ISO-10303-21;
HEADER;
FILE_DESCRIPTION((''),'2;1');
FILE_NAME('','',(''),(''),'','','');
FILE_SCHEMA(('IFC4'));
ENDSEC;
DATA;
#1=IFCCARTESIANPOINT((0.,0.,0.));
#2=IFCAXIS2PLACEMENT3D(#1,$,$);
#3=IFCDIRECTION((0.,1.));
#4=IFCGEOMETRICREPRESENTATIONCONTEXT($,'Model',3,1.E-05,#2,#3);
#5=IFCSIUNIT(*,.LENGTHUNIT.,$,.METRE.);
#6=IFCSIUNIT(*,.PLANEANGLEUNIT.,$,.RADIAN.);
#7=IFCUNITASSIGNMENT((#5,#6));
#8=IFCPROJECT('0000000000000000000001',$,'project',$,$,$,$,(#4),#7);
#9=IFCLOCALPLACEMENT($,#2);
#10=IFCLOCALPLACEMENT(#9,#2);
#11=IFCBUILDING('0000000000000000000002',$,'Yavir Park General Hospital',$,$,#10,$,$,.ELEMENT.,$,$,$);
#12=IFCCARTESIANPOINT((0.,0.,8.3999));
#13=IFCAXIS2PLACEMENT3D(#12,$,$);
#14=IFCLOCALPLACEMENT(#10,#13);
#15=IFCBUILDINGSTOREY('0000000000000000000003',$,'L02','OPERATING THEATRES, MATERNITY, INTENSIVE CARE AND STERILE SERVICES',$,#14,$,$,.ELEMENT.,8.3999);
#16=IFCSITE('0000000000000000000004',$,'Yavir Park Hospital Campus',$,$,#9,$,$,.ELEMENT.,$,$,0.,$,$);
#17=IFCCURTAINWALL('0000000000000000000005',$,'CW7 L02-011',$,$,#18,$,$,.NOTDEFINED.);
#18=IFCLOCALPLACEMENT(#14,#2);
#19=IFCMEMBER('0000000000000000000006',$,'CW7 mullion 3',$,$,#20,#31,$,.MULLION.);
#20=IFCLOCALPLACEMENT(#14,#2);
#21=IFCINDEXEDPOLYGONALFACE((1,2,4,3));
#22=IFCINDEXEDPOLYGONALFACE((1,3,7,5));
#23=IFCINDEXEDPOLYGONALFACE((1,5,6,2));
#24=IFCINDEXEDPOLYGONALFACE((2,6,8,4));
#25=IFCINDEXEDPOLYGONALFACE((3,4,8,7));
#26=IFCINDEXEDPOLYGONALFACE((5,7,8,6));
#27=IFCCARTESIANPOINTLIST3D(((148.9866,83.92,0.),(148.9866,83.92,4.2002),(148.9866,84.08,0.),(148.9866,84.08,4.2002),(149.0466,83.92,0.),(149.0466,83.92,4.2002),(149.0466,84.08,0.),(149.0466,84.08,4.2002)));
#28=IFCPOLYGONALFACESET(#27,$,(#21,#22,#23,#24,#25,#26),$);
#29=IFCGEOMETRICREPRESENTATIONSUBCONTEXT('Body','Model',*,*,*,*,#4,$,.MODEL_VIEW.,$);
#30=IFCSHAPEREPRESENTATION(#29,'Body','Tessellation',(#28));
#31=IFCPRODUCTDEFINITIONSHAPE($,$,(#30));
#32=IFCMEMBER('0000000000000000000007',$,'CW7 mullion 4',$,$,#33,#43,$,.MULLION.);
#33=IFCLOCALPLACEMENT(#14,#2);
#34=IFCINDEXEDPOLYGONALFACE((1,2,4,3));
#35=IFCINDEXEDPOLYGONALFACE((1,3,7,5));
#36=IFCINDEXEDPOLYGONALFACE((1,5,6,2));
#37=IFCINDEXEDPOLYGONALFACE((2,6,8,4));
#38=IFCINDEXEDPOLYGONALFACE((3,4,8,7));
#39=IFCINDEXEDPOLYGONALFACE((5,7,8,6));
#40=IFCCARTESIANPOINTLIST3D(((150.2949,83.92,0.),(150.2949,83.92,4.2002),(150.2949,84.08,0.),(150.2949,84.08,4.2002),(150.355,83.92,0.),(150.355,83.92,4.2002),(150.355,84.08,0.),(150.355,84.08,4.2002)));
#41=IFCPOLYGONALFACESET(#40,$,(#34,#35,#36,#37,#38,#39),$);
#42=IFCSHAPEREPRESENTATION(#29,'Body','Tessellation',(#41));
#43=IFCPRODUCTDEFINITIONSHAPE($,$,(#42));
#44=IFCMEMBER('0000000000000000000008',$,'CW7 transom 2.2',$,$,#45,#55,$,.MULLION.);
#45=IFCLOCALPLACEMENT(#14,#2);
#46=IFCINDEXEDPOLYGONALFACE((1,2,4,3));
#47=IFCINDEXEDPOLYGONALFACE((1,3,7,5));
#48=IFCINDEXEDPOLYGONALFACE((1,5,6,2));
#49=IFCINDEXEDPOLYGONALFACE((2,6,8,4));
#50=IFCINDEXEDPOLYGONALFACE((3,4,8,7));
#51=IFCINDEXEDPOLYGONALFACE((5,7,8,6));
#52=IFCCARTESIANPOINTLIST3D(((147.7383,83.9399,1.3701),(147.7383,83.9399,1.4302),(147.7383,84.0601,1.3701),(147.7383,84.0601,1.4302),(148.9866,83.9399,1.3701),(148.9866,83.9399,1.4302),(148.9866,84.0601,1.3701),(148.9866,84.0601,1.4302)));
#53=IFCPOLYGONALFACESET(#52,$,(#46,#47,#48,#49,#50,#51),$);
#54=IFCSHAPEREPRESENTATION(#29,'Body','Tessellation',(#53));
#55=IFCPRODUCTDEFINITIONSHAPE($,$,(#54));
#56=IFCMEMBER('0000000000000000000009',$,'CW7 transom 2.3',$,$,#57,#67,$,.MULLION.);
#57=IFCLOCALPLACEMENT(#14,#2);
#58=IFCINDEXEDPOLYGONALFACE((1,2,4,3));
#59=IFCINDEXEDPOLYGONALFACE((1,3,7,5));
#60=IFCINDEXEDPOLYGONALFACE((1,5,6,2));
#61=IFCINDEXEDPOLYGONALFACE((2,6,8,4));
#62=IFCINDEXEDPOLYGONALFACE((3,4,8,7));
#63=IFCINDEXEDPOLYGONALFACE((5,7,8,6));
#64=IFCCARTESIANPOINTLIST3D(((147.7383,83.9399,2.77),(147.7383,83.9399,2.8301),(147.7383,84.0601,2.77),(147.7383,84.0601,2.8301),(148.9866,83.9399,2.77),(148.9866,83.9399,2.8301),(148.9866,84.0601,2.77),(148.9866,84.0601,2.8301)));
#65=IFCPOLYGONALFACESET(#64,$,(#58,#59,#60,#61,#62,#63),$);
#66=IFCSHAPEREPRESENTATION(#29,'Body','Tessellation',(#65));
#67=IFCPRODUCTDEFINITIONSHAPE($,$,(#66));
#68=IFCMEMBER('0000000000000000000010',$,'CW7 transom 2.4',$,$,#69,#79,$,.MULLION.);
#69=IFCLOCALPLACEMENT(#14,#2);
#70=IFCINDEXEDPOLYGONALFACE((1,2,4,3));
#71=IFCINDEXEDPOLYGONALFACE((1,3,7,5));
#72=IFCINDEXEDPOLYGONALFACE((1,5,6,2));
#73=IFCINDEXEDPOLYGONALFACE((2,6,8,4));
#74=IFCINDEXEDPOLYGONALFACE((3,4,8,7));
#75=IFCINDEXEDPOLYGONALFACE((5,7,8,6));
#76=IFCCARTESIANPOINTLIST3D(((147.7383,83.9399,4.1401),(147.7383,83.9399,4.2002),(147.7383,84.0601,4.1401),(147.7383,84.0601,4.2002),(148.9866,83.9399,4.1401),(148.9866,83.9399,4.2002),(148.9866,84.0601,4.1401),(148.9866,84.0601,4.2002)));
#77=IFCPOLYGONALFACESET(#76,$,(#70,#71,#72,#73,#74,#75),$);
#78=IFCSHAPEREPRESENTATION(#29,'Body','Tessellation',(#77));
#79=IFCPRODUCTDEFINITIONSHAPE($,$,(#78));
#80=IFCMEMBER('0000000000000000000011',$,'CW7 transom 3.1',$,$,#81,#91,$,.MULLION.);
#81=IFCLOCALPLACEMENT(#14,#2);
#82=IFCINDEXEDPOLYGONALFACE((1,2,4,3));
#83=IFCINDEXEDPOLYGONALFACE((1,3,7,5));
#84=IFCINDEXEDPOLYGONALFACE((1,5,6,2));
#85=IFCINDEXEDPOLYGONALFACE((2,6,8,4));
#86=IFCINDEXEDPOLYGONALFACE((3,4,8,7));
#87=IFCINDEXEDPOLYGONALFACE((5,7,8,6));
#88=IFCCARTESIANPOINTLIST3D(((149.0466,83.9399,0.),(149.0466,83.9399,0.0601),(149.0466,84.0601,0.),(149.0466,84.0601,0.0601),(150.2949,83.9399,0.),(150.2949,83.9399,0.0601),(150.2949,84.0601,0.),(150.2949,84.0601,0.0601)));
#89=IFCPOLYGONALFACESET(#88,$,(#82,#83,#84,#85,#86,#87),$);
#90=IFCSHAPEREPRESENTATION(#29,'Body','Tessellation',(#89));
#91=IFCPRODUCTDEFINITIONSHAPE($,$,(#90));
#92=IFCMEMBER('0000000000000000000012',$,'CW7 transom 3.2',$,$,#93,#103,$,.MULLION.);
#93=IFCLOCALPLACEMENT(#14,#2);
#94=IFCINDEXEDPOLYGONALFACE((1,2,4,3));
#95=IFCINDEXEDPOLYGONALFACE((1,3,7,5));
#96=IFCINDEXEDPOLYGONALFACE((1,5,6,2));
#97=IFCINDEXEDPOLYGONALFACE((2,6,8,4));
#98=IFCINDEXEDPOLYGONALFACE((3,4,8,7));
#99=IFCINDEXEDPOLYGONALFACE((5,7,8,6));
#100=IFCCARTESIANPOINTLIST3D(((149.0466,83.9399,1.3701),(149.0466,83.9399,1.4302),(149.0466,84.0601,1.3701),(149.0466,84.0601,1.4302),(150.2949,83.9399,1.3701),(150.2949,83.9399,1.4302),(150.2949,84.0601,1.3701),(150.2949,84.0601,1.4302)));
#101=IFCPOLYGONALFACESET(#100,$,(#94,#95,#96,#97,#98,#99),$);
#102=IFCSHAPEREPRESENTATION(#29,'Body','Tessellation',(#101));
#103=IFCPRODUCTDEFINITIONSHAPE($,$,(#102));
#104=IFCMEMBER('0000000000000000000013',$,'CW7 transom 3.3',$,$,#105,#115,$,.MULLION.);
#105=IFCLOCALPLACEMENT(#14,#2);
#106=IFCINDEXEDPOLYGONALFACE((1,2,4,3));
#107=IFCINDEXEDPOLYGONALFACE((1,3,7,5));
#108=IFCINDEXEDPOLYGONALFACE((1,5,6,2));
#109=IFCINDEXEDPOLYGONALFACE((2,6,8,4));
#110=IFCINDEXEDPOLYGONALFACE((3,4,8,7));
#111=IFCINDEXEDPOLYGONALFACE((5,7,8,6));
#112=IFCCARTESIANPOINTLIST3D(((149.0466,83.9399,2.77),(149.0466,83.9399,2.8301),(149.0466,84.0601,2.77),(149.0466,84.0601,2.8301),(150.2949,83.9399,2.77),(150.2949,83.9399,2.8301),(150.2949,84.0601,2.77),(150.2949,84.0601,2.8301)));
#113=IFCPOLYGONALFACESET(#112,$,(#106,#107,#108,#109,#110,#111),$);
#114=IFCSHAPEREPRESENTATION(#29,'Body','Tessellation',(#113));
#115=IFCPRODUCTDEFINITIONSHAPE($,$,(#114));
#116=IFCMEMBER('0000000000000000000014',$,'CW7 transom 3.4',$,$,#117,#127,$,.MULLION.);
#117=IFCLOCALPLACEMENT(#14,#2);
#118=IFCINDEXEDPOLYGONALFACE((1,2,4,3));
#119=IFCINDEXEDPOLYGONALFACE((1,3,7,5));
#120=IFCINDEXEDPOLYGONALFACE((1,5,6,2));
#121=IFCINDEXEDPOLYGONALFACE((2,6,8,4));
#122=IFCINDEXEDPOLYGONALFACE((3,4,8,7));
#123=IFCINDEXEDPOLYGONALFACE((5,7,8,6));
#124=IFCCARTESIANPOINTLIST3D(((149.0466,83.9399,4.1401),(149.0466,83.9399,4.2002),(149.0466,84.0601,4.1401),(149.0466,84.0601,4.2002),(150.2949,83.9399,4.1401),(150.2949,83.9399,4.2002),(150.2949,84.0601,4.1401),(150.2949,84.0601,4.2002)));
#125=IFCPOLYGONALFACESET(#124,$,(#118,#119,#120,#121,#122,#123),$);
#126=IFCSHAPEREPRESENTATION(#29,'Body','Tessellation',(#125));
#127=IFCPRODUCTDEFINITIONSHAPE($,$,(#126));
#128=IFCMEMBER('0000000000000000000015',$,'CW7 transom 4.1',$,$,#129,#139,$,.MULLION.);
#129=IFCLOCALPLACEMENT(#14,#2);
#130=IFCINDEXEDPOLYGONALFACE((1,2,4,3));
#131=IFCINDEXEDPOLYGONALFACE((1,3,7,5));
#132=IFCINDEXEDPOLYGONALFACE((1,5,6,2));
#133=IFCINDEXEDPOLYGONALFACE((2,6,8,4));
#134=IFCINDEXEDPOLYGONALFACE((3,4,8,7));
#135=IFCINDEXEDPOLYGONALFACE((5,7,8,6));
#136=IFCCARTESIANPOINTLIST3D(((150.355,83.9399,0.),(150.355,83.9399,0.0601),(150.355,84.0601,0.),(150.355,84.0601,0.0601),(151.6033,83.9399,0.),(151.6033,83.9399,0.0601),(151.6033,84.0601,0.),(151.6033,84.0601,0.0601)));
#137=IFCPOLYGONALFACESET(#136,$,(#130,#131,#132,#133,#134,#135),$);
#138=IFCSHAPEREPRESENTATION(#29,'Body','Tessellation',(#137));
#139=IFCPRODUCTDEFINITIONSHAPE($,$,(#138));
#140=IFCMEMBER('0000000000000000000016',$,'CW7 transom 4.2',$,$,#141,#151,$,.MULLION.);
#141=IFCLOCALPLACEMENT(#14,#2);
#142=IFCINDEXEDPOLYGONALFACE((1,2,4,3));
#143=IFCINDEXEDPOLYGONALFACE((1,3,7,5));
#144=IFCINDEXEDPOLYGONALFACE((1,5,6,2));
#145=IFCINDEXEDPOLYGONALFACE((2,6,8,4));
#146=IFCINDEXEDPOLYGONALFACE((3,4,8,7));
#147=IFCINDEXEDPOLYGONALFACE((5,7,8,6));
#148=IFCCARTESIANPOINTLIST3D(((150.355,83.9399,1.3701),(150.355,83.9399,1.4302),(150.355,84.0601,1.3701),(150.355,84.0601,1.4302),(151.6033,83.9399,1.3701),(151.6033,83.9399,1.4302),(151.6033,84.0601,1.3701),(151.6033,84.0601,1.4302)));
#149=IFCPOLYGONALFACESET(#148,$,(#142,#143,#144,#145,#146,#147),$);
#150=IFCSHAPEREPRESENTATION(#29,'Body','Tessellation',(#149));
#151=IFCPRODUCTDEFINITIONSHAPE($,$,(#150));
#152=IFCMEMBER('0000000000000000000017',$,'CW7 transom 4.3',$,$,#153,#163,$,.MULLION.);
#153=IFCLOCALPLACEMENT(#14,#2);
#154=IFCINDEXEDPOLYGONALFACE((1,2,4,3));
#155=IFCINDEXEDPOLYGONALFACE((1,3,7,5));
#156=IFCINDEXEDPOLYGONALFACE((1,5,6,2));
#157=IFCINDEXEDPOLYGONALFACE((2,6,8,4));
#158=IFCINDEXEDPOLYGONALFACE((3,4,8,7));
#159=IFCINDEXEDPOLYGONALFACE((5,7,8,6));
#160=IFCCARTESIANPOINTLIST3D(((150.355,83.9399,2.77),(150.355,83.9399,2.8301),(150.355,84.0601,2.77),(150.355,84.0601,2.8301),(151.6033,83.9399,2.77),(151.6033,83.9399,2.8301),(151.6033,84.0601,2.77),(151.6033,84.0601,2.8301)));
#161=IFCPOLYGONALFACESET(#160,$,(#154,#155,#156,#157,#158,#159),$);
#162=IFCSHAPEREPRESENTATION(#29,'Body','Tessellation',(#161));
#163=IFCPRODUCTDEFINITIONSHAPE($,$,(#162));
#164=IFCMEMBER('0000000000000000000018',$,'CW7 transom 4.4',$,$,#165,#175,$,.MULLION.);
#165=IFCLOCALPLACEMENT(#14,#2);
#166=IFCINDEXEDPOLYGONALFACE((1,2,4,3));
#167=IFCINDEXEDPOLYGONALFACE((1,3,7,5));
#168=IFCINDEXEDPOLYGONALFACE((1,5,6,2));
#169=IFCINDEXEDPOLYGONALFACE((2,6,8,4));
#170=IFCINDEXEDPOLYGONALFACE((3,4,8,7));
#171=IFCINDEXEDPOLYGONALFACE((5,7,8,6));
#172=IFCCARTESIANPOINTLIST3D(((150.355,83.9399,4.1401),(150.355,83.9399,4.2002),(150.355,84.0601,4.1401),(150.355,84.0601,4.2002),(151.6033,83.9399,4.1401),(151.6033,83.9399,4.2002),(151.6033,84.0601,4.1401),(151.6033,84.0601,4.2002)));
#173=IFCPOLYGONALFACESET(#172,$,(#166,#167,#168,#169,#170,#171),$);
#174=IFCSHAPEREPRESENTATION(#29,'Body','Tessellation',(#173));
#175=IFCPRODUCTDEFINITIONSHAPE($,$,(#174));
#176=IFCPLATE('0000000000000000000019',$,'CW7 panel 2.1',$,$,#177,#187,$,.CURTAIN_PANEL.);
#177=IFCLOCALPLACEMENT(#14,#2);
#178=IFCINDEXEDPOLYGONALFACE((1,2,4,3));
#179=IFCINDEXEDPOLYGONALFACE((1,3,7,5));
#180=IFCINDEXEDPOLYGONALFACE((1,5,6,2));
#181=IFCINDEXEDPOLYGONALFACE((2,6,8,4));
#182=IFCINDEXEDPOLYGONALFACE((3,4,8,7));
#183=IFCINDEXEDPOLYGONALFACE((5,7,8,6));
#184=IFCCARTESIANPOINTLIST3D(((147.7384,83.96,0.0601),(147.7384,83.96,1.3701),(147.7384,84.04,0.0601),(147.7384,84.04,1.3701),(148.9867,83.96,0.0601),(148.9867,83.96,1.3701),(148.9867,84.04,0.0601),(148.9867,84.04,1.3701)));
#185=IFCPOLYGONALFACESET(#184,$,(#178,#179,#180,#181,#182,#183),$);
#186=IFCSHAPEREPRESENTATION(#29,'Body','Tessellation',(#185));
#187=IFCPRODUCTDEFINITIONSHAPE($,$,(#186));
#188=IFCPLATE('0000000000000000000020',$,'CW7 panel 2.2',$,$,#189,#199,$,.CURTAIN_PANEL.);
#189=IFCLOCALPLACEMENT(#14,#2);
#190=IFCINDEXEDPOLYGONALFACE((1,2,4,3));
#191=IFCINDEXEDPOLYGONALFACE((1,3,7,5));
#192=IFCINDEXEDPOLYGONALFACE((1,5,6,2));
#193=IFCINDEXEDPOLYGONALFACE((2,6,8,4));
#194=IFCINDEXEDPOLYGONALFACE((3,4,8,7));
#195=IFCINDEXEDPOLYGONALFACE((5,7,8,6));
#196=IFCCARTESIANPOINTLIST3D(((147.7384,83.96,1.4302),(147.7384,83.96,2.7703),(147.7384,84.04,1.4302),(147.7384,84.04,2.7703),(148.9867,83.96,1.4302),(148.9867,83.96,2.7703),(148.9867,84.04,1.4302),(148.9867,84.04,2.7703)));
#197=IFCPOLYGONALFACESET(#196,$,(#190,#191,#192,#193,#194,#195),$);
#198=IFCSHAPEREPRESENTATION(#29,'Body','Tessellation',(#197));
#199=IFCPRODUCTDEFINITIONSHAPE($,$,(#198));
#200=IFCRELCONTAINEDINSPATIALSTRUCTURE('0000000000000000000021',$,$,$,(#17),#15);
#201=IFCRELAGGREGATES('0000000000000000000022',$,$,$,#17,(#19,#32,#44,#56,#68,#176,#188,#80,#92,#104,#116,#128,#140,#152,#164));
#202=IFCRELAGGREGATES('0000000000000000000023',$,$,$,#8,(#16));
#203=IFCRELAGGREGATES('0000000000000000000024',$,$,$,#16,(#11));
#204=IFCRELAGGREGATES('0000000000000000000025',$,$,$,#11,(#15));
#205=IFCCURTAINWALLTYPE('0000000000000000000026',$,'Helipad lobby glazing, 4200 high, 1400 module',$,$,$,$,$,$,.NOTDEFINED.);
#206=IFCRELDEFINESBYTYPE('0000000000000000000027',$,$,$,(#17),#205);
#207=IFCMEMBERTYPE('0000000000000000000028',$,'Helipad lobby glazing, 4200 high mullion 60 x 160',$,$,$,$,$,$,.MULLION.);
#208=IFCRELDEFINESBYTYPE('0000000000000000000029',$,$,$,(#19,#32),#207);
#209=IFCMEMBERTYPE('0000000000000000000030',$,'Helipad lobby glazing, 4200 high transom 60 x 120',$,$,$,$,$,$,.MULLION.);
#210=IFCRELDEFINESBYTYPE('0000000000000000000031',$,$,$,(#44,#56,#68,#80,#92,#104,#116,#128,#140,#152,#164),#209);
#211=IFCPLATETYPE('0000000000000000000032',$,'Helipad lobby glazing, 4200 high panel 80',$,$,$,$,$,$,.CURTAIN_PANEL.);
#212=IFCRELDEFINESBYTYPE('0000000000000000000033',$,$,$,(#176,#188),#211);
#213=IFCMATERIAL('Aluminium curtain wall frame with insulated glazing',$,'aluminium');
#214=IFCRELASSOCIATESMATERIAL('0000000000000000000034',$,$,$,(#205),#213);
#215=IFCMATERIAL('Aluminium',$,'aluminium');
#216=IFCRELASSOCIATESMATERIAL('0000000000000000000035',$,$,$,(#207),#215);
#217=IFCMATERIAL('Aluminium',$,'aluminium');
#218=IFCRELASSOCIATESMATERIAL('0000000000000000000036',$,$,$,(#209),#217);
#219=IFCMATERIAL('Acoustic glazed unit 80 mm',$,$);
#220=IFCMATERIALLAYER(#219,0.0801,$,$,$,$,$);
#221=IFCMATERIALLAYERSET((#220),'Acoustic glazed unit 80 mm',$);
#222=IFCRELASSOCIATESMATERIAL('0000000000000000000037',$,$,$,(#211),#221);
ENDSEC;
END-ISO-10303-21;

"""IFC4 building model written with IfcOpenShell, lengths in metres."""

from ifc_helpers import new_model, si_unit, direction, frame, origin, origin_2d, place, context, subcontext, project, spatial, rectangle, extrude, material, layer, layer_set, material_profile, profile_set, type_object, element, aggregate, save


model = new_model("IFC4")

# Units and contexts
model_context = context("Model", 3, precision=1e-05, world=origin(), true_north=direction((0.0, 1.0)))
body_context = subcontext(model_context, "Body", "Model", "MODEL_VIEW")
ifc_project = project(units=[si_unit("LENGTHUNIT", "METRE"), si_unit("PLANEANGLEUNIT", "RADIAN")], contexts=[model_context])

# Site, building, storey
site_placement = place(None, origin())
site = spatial("IfcSite", under=ifc_project, at=site_placement, Name="Yavir Park Hospital Campus", CompositionType="ELEMENT", RefElevation=0.0)
building_placement = place(site_placement, origin())
building = spatial("IfcBuilding", under=site, at=building_placement, Name="Yavir Park General Hospital", CompositionType="ELEMENT")
storey_placement = place(building_placement, frame((0.0, 0.0, 8.3999)))
storey = spatial("IfcBuildingStorey", under=building, at=storey_placement, Name="L02", Description="OPERATING THEATRES, MATERNITY, INTENSIVE CARE AND STERILE SERVICES", CompositionType="ELEMENT", Elevation=8.3999)

# Curtain wall, members, plates
ifc_material_1 = material(Name="Aluminium curtain wall frame with insulated glazing", Category="aluminium")
curtain_wall_type = type_object("IfcCurtainWallType", Name="Helipad lobby glazing, 4200 high, 1400 module", PredefinedType="NOTDEFINED", material=ifc_material_1)
curtain_wall_placement = place(storey_placement, origin())
curtain_wall = element("IfcCurtainWall", 1, at=curtain_wall_placement, inside=storey, type_object=curtain_wall_type, Name="CW7 L02-011", PredefinedType="NOTDEFINED")
ifc_material_2 = material(Name="Aluminium", Category="aluminium")
ifc_material_profile_1 = material_profile(ifc_material_2, rectangle(XDim=0.1599, YDim=0.0601, at=origin_2d()), Name="AL 60x160")
ifc_profile_set_1 = profile_set([ifc_material_profile_1], Name="Aluminium")
member_type_1 = type_object("IfcMemberType", Name="Helipad lobby glazing, 4200 high mullion 60 x 160", PredefinedType="MULLION", material=ifc_profile_set_1)
member_1_placement = place(storey_placement, frame((149.0166, 84.0, 0.0), z_axis=(0.0, 0.0, 1.0), x_axis=(0.0, 1.0, 0.0)))
member_1 = element("IfcMember", 2, at=member_1_placement, type_object=member_type_1, Name="CW7 mullion 3", PredefinedType="MULLION", context=body_context, shape_type="SweptSolid", body=[
    extrude(rectangle(XDim=0.1599, YDim=0.0601, at=origin_2d()), origin(), (0.0, 0.0, 1.0), 4.2002),
])
member_2_placement = place(storey_placement, frame((150.325, 84.0, 0.0), z_axis=(0.0, 0.0, 1.0), x_axis=(0.0, 1.0, 0.0)))
member_2 = element("IfcMember", 3, at=member_2_placement, type_object=member_type_1, Name="CW7 mullion 4", PredefinedType="MULLION", context=body_context, shape_type="SweptSolid", body=[
    extrude(rectangle(XDim=0.1599, YDim=0.0601, at=origin_2d()), origin(), (0.0, 0.0, 1.0), 4.2002),
])
ifc_material_3 = material(Name="Aluminium", Category="aluminium")
ifc_material_profile_2 = material_profile(ifc_material_3, rectangle(XDim=0.1201, YDim=0.0601, at=origin_2d()), Name="AL 120x60")
ifc_profile_set_2 = profile_set([ifc_material_profile_2], Name="Aluminium")
member_type_2 = type_object("IfcMemberType", Name="Helipad lobby glazing, 4200 high transom 60 x 120", PredefinedType="MULLION", material=ifc_profile_set_2)
member_3_placement = place(storey_placement, frame((147.7383, 84.0, 1.4001), z_axis=(1.0, 0.0, 0.0), x_axis=(0.0, 1.0, 0.0)))
member_3 = element("IfcMember", 4, at=member_3_placement, type_object=member_type_2, Name="CW7 transom 2.2", PredefinedType="MULLION", context=body_context, shape_type="SweptSolid", body=[
    extrude(rectangle(XDim=0.1201, YDim=0.0601, at=origin_2d()), origin(), (0.0, 0.0, 1.0), 1.2483),
])
member_4_placement = place(storey_placement, frame((147.7383, 84.0, 2.8), z_axis=(1.0, 0.0, 0.0), x_axis=(0.0, 1.0, 0.0)))
member_4 = element("IfcMember", 5, at=member_4_placement, type_object=member_type_2, Name="CW7 transom 2.3", PredefinedType="MULLION", context=body_context, shape_type="SweptSolid", body=[
    extrude(rectangle(XDim=0.1201, YDim=0.0601, at=origin_2d()), origin(), (0.0, 0.0, 1.0), 1.2483),
])
member_5_placement = place(storey_placement, frame((147.7383, 84.0, 4.1702), z_axis=(1.0, 0.0, 0.0), x_axis=(0.0, 1.0, 0.0)))
member_5 = element("IfcMember", 6, at=member_5_placement, type_object=member_type_2, Name="CW7 transom 2.4", PredefinedType="MULLION", context=body_context, shape_type="SweptSolid", body=[
    extrude(rectangle(XDim=0.1201, YDim=0.0601, at=origin_2d()), origin(), (0.0, 0.0, 1.0), 1.2483),
])
member_6_placement = place(storey_placement, frame((149.0466, 84.0, 0.03), z_axis=(1.0, 0.0, 0.0), x_axis=(0.0, 1.0, 0.0)))
member_6 = element("IfcMember", 7, at=member_6_placement, type_object=member_type_2, Name="CW7 transom 3.1", PredefinedType="MULLION", context=body_context, shape_type="SweptSolid", body=[
    extrude(rectangle(XDim=0.1201, YDim=0.0601, at=origin_2d()), origin(), (0.0, 0.0, 1.0), 1.2483),
])
member_7_placement = place(storey_placement, frame((149.0466, 84.0, 1.4001), z_axis=(1.0, 0.0, 0.0), x_axis=(0.0, 1.0, 0.0)))
member_7 = element("IfcMember", 8, at=member_7_placement, type_object=member_type_2, Name="CW7 transom 3.2", PredefinedType="MULLION", context=body_context, shape_type="SweptSolid", body=[
    extrude(rectangle(XDim=0.1201, YDim=0.0601, at=origin_2d()), origin(), (0.0, 0.0, 1.0), 1.2483),
])
member_8_placement = place(storey_placement, frame((149.0466, 84.0, 2.8), z_axis=(1.0, 0.0, 0.0), x_axis=(0.0, 1.0, 0.0)))
member_8 = element("IfcMember", 9, at=member_8_placement, type_object=member_type_2, Name="CW7 transom 3.3", PredefinedType="MULLION", context=body_context, shape_type="SweptSolid", body=[
    extrude(rectangle(XDim=0.1201, YDim=0.0601, at=origin_2d()), origin(), (0.0, 0.0, 1.0), 1.2483),
])
member_9_placement = place(storey_placement, frame((149.0466, 84.0, 4.1702), z_axis=(1.0, 0.0, 0.0), x_axis=(0.0, 1.0, 0.0)))
member_9 = element("IfcMember", 10, at=member_9_placement, type_object=member_type_2, Name="CW7 transom 3.4", PredefinedType="MULLION", context=body_context, shape_type="SweptSolid", body=[
    extrude(rectangle(XDim=0.1201, YDim=0.0601, at=origin_2d()), origin(), (0.0, 0.0, 1.0), 1.2483),
])
member_10_placement = place(storey_placement, frame((150.355, 84.0, 0.03), z_axis=(1.0, 0.0, 0.0), x_axis=(0.0, 1.0, 0.0)))
member_10 = element("IfcMember", 11, at=member_10_placement, type_object=member_type_2, Name="CW7 transom 4.1", PredefinedType="MULLION", context=body_context, shape_type="SweptSolid", body=[
    extrude(rectangle(XDim=0.1201, YDim=0.0601, at=origin_2d()), origin(), (0.0, 0.0, 1.0), 1.2483),
])
member_11_placement = place(storey_placement, frame((150.355, 84.0, 1.4001), z_axis=(1.0, 0.0, 0.0), x_axis=(0.0, 1.0, 0.0)))
member_11 = element("IfcMember", 12, at=member_11_placement, type_object=member_type_2, Name="CW7 transom 4.2", PredefinedType="MULLION", context=body_context, shape_type="SweptSolid", body=[
    extrude(rectangle(XDim=0.1201, YDim=0.0601, at=origin_2d()), origin(), (0.0, 0.0, 1.0), 1.2483),
])
member_12_placement = place(storey_placement, frame((150.355, 84.0, 2.8), z_axis=(1.0, 0.0, 0.0), x_axis=(0.0, 1.0, 0.0)))
member_12 = element("IfcMember", 13, at=member_12_placement, type_object=member_type_2, Name="CW7 transom 4.3", PredefinedType="MULLION", context=body_context, shape_type="SweptSolid", body=[
    extrude(rectangle(XDim=0.1201, YDim=0.0601, at=origin_2d()), origin(), (0.0, 0.0, 1.0), 1.2483),
])
member_13_placement = place(storey_placement, frame((150.355, 84.0, 4.1702), z_axis=(1.0, 0.0, 0.0), x_axis=(0.0, 1.0, 0.0)))
member_13 = element("IfcMember", 14, at=member_13_placement, type_object=member_type_2, Name="CW7 transom 4.4", PredefinedType="MULLION", context=body_context, shape_type="SweptSolid", body=[
    extrude(rectangle(XDim=0.1201, YDim=0.0601, at=origin_2d()), origin(), (0.0, 0.0, 1.0), 1.2483),
])
ifc_material_4 = material(Name="Acoustic glazed unit 80 mm")
ifc_layer_1 = layer(ifc_material_4, 0.0801)
ifc_layer_set_1 = layer_set([ifc_layer_1], Name="Acoustic glazed unit 80 mm")
plate_type = type_object("IfcPlateType", Name="Helipad lobby glazing, 4200 high panel 80", PredefinedType="CURTAIN_PANEL", material=ifc_layer_set_1)
plate_1_placement = place(storey_placement, frame((148.3625, 84.0, 0.0601), z_axis=(0.0, 0.0, 1.0), x_axis=(1.0, 0.0, 0.0)))
plate_1 = element("IfcPlate", 15, at=plate_1_placement, type_object=plate_type, Name="CW7 panel 2.1", PredefinedType="CURTAIN_PANEL", context=body_context, shape_type="SweptSolid", body=[
    extrude(rectangle(XDim=1.2483, YDim=0.0801, at=origin_2d()), origin(), (0.0, 0.0, 1.0), 1.3101),
])
plate_2_placement = place(storey_placement, frame((148.3625, 84.0, 1.4302), z_axis=(0.0, 0.0, 1.0), x_axis=(1.0, 0.0, 0.0)))
plate_2 = element("IfcPlate", 16, at=plate_2_placement, type_object=plate_type, Name="CW7 panel 2.2", PredefinedType="CURTAIN_PANEL", context=body_context, shape_type="SweptSolid", body=[
    extrude(rectangle(XDim=1.2483, YDim=0.0801, at=origin_2d()), origin(), (0.0, 0.0, 1.0), 1.3401),
])
aggregate(curtain_wall, [member_1, member_2, member_3, member_4, member_5, plate_1, plate_2, member_6, member_7, member_8, member_9, member_10, member_11, member_12, member_13])

save(model, "model.ifc")
